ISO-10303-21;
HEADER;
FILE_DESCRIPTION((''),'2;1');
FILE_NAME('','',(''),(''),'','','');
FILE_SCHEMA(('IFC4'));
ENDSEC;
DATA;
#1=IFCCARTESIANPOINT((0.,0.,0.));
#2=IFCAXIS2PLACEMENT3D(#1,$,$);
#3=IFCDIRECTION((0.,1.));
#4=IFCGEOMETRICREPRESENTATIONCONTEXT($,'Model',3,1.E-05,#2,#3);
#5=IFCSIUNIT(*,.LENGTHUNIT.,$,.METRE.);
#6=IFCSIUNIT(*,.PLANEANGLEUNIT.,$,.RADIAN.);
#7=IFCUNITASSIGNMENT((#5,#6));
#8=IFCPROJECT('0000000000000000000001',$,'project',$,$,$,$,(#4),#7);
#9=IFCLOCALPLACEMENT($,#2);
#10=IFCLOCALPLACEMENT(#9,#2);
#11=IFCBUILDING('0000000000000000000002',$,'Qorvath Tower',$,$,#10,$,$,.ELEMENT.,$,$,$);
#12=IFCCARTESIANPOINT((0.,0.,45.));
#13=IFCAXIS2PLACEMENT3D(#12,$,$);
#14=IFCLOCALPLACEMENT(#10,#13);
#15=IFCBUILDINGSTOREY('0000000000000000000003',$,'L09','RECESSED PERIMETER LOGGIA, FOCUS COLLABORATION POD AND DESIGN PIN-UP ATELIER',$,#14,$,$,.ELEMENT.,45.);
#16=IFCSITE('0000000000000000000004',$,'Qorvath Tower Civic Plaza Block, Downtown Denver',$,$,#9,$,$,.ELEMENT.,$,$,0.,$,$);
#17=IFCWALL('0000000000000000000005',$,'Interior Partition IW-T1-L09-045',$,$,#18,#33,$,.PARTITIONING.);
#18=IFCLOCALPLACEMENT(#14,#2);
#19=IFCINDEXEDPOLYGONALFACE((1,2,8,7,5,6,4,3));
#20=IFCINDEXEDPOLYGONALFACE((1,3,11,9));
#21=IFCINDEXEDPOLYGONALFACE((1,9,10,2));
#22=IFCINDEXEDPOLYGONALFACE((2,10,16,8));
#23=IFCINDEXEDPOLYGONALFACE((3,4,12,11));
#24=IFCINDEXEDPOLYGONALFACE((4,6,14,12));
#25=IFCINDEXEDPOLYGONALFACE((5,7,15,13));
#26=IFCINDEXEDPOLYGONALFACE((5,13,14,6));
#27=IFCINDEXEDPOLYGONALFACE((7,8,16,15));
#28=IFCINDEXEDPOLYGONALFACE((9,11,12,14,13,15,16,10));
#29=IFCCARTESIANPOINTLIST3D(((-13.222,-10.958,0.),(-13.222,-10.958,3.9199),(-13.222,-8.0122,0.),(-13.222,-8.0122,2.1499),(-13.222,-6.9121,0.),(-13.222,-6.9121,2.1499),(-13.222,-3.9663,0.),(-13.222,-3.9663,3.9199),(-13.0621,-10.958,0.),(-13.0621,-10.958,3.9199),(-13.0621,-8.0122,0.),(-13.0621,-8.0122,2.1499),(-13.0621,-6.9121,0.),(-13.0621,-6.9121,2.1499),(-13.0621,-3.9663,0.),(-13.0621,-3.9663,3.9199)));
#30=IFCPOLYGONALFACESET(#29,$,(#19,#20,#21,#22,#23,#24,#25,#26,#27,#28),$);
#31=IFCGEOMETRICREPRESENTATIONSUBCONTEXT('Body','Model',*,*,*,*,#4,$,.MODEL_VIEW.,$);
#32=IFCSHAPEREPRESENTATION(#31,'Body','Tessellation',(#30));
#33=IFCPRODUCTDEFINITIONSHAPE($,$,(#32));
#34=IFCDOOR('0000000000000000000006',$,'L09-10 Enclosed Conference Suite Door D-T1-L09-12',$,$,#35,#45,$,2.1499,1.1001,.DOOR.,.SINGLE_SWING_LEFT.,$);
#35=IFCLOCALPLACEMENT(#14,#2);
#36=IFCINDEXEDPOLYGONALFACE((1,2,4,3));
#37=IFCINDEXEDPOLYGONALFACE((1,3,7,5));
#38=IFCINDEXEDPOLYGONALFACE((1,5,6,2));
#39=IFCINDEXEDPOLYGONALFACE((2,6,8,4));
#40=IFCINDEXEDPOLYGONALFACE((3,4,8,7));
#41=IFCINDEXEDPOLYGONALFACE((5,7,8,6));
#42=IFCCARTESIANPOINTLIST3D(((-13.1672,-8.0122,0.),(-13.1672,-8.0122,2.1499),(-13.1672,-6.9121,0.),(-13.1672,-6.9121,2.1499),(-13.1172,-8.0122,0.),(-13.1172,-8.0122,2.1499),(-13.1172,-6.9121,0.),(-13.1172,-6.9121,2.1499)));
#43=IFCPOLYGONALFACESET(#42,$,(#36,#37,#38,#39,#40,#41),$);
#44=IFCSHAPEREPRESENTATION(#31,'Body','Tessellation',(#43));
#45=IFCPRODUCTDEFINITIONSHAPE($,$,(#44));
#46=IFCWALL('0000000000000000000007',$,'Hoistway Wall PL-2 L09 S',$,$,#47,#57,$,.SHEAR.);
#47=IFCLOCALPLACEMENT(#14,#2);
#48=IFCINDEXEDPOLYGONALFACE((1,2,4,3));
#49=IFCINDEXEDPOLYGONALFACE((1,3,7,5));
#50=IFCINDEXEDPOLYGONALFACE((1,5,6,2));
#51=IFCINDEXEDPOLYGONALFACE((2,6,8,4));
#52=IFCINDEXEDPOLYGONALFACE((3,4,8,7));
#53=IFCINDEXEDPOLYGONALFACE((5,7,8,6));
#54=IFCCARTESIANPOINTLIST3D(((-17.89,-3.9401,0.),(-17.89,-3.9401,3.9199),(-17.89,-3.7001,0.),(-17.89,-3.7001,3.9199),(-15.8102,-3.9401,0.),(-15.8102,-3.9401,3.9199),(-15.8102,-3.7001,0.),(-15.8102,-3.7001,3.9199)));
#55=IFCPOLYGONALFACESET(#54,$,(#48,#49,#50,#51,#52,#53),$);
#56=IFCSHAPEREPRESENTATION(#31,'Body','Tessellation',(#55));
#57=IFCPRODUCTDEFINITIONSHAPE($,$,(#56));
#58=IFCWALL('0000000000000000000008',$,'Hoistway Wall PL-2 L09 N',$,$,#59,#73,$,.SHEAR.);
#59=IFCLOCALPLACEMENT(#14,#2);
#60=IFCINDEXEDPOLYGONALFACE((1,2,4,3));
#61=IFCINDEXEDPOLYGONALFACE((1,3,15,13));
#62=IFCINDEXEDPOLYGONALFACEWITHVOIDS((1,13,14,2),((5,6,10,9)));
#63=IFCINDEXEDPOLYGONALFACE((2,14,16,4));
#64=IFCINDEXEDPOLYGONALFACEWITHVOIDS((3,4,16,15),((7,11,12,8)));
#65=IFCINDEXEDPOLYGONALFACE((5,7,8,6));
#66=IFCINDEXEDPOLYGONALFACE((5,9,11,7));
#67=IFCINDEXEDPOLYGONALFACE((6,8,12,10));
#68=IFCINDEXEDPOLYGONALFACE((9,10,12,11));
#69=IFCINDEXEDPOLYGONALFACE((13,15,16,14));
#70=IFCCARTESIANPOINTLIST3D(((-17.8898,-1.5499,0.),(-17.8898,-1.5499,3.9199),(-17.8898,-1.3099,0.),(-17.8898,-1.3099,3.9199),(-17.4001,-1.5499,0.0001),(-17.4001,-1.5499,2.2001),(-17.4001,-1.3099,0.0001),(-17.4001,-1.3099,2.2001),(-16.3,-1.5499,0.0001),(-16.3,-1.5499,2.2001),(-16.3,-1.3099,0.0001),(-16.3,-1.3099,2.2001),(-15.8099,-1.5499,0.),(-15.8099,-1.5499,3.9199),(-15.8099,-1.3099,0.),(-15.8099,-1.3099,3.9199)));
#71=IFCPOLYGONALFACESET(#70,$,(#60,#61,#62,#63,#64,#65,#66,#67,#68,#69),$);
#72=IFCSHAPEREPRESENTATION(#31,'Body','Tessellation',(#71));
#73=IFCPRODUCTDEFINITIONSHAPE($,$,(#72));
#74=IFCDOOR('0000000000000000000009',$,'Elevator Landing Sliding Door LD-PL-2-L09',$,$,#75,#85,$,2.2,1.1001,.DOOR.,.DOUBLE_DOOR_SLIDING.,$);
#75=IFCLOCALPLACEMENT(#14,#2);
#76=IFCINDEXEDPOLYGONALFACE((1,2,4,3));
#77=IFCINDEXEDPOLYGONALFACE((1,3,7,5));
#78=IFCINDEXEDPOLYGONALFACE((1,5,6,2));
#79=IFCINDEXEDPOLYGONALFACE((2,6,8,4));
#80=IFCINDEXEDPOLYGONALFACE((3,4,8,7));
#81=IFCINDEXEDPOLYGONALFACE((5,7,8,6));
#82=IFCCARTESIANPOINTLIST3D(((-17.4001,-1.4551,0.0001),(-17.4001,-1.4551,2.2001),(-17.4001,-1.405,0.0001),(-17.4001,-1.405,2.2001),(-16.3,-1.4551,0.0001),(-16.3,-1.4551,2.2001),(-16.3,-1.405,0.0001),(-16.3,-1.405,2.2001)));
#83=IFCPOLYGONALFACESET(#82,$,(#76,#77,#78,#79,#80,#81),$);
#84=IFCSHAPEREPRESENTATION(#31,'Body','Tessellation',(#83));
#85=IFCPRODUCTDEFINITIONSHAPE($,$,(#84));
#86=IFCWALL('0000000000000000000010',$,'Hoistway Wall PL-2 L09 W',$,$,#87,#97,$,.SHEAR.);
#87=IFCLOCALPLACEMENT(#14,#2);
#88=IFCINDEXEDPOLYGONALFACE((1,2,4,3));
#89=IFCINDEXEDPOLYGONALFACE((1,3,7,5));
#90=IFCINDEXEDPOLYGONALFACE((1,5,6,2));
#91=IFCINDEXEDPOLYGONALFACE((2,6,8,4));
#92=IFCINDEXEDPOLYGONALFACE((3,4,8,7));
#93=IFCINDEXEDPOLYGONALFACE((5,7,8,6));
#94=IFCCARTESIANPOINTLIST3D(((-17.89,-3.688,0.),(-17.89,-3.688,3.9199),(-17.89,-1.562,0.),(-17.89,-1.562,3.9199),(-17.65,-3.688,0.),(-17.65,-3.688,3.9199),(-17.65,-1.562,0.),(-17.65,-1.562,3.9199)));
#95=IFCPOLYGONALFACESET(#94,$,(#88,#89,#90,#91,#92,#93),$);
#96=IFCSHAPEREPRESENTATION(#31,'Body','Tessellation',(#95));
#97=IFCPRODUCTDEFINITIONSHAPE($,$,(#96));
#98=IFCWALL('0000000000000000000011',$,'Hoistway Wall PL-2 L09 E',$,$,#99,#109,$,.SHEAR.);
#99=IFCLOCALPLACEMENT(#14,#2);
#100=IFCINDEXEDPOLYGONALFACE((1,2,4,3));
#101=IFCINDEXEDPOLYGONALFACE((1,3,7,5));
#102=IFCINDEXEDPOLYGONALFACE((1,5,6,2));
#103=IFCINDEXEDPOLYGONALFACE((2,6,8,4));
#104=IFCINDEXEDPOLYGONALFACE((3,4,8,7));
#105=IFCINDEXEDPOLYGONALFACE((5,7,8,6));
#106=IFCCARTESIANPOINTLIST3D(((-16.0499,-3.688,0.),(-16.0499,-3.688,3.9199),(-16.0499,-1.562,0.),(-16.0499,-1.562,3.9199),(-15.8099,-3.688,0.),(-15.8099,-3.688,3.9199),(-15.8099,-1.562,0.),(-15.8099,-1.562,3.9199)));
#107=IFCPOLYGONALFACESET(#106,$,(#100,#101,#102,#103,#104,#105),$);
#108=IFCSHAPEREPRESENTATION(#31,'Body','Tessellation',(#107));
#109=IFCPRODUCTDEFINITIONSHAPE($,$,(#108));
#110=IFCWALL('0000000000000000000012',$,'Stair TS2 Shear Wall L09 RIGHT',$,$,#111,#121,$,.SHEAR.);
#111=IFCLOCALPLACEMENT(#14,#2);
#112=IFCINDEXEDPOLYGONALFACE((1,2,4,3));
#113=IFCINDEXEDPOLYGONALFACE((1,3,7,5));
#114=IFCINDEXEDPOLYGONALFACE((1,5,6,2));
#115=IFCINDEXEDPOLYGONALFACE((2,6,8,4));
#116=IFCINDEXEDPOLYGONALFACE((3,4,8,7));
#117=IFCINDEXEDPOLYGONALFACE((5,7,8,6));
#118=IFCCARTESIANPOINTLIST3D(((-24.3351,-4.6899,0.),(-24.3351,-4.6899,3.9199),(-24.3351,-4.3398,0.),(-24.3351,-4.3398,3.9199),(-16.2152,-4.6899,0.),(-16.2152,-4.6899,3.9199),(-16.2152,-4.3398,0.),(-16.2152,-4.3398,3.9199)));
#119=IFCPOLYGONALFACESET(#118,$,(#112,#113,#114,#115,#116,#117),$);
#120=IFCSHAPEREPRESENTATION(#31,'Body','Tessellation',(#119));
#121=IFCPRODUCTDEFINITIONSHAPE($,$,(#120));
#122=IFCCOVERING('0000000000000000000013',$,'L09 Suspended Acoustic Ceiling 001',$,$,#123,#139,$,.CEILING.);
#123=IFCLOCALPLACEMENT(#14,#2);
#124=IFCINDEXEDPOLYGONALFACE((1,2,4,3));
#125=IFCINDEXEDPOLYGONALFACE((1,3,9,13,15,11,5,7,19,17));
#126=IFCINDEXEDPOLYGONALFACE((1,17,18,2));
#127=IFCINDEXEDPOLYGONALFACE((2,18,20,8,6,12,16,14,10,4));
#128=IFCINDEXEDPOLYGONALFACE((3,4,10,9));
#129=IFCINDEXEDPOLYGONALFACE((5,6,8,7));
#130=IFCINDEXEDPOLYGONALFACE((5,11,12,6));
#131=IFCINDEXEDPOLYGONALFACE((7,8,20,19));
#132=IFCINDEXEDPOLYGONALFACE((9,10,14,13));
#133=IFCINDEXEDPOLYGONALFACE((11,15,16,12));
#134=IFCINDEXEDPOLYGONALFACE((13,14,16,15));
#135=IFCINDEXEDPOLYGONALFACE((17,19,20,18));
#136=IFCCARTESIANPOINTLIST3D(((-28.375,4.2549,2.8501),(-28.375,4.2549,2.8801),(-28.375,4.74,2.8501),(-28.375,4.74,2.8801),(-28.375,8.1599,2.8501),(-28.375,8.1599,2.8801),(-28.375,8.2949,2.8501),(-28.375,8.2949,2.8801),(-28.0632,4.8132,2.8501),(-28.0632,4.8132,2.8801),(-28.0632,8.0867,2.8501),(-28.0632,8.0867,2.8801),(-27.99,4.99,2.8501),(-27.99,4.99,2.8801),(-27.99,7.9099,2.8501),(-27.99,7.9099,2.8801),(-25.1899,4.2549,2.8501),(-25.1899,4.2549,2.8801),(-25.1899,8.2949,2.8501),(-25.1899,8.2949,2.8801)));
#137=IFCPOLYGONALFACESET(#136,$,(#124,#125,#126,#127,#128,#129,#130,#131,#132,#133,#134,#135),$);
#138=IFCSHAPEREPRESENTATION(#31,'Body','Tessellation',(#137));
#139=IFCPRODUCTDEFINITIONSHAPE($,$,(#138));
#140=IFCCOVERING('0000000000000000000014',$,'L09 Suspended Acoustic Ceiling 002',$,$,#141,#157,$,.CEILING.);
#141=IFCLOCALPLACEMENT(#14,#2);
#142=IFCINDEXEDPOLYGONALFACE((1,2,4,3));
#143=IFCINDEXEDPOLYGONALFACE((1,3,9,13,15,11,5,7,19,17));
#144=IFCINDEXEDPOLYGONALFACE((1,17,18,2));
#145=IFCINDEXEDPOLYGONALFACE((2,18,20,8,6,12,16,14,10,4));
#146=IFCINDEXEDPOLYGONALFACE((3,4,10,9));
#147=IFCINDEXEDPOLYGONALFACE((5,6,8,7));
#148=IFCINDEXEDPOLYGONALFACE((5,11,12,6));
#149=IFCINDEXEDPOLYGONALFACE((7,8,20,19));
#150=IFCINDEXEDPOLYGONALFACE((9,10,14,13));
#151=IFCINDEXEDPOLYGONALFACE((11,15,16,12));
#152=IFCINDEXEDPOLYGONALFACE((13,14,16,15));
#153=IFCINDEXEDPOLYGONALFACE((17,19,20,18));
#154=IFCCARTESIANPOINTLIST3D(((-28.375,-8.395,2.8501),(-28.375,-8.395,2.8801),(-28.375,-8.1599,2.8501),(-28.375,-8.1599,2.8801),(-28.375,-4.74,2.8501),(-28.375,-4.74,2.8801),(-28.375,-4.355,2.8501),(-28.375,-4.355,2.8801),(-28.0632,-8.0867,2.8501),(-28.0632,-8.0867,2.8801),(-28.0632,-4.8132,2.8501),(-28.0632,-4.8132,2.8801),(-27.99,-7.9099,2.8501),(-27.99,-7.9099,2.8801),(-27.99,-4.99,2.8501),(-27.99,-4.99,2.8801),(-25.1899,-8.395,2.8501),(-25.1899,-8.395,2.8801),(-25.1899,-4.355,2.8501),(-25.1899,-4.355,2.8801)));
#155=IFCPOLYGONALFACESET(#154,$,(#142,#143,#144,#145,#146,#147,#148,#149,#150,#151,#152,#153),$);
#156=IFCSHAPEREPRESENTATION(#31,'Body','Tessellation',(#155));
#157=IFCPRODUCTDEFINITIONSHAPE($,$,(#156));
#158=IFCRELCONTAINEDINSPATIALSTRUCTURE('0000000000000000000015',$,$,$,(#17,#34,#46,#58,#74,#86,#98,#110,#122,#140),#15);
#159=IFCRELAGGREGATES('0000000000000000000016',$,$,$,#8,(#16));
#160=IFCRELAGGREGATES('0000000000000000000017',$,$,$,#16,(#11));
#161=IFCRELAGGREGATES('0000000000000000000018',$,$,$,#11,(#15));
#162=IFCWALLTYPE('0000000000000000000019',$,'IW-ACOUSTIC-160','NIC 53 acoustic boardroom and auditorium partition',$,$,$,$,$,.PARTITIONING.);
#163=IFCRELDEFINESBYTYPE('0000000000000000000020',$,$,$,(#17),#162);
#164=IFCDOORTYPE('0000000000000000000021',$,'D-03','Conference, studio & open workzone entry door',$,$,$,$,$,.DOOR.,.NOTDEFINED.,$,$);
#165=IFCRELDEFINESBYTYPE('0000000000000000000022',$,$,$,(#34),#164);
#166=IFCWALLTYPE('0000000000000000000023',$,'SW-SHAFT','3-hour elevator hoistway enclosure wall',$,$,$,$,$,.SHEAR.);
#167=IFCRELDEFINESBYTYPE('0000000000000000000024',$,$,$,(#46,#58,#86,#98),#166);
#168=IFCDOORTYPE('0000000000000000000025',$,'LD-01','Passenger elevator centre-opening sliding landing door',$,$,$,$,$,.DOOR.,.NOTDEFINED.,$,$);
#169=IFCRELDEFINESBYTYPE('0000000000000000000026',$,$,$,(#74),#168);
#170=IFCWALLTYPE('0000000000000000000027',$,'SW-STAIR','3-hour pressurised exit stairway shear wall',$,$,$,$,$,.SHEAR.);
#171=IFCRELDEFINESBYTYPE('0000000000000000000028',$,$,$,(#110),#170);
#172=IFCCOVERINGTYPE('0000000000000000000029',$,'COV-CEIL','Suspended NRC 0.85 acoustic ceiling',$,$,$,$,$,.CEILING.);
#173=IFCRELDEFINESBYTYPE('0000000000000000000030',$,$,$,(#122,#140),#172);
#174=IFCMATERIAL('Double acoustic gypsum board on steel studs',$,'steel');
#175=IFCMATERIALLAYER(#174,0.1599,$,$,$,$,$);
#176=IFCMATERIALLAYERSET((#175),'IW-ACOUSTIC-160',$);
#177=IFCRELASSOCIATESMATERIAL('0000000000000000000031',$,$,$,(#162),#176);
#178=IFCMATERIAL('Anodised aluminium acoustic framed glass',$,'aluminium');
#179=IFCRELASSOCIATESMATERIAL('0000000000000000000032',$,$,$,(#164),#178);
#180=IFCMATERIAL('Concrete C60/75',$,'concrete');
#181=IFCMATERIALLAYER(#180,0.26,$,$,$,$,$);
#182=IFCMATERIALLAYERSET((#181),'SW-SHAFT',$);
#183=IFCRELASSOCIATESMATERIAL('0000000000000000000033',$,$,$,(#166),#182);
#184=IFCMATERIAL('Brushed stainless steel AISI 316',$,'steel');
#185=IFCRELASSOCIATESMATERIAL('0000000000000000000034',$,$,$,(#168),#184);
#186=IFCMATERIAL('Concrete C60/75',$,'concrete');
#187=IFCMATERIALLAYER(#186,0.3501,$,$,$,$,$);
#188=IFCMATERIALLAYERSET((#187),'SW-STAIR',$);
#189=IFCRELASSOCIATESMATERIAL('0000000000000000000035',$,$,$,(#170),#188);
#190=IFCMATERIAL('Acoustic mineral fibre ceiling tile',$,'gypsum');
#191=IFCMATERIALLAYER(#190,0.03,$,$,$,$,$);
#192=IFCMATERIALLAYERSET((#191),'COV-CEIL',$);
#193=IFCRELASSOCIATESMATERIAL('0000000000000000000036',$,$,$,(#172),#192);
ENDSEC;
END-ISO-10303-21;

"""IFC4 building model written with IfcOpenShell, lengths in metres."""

from ifc_helpers import new_model, si_unit, direction, frame, frame_2d, origin, place, context, subcontext, project, spatial, polyline, rectangle, outline, extrude, material, layer, layer_set, type_object, element, fill, save


model = new_model("IFC4")

# Units and contexts
model_context = context("Model", 3, precision=1e-05, world=origin(), true_north=direction((0.0, 1.0)))
body_context = subcontext(model_context, "Body", "Model", "MODEL_VIEW")
ifc_project = project(units=[si_unit("LENGTHUNIT", "METRE"), si_unit("PLANEANGLEUNIT", "RADIAN")], contexts=[model_context])

# Site, building, storey
site_placement = place(None, origin())
site = spatial("IfcSite", under=ifc_project, at=site_placement, Name="Qorvath Tower Civic Plaza Block, Downtown Denver", CompositionType="ELEMENT", RefElevation=0.0)
building_placement = place(site_placement, origin())
building = spatial("IfcBuilding", under=site, at=building_placement, Name="Qorvath Tower", CompositionType="ELEMENT")
storey_placement = place(building_placement, frame((0.0, 0.0, 45.0)))
storey = spatial("IfcBuildingStorey", under=building, at=storey_placement, Name="L09", Description="RECESSED PERIMETER LOGGIA, FOCUS COLLABORATION POD AND DESIGN PIN-UP ATELIER", CompositionType="ELEMENT", Elevation=45.0)

# Wall, opening, door
ifc_material_1 = material(Name="Double acoustic gypsum board on steel studs", Category="steel")
ifc_layer_1 = layer(ifc_material_1, 0.1599)
ifc_layer_set_1 = layer_set([ifc_layer_1], Name="IW-ACOUSTIC-160")
wall_type_1 = type_object("IfcWallType", Name="IW-ACOUSTIC-160", Description="NIC 53 acoustic boardroom and auditorium partition", PredefinedType="PARTITIONING", material=ifc_layer_set_1)
wall_1_placement = place(storey_placement, frame((-13.1421, -3.9663, 0.0), z_axis=(0.0, 0.0, 1.0), x_axis=(0.0, -1.0, 0.0)))
wall_1 = element("IfcWall", 1, at=wall_1_placement, inside=storey, type_object=wall_type_1, Name="Interior Partition IW-T1-L09-045", PredefinedType="PARTITIONING", context=body_context, shape_type="SweptSolid", body=[
    extrude(rectangle(XDim=6.9917, YDim=0.1599, at=frame_2d((3.4958, 0.0))), origin(), (0.0, 0.0, 1.0), 3.9199),
])
opening_1_placement = place(wall_1_placement, frame((2.9458, 0.0, 0.0)))
opening_1 = element("IfcOpeningElement", 2, at=opening_1_placement, cuts=wall_1, PredefinedType="OPENING", context=body_context, shape_type="SweptSolid", body=[
    extrude(rectangle(XDim=1.1001, YDim=2.1499, at=frame_2d((0.55, 1.075))), frame((0.0, 0.0898, 0.0), z_axis=(0.0, -1.0, 0.0), x_axis=(1.0, 0.0, 0.0)), (0.0, 0.0, 1.0), 0.1799),
])
ifc_material_2 = material(Name="Anodised aluminium acoustic framed glass", Category="aluminium")
door_type_1 = type_object("IfcDoorType", Name="D-03", Description="Conference, studio & open workzone entry door", OperationType="NOTDEFINED", PredefinedType="DOOR", material=ifc_material_2)
door_1_placement = place(opening_1_placement, origin())
door_1 = element("IfcDoor", 3, at=door_1_placement, inside=storey, type_object=door_type_1, Name="L09-10 Enclosed Conference Suite Door D-T1-L09-12", OperationType="SINGLE_SWING_LEFT", OverallHeight=2.1499, OverallWidth=1.1001, PredefinedType="DOOR", context=body_context, shape_type="SweptSolid", body=[
    extrude(rectangle(XDim=1.1001, YDim=2.1499, at=frame_2d((0.55, 1.075))), frame((0.0, 0.0249, 0.0), z_axis=(0.0, -1.0, 0.0), x_axis=(1.0, 0.0, 0.0)), (0.0, 0.0, 1.0), 0.05),
])
fill(opening_1, door_1)

# Wall
ifc_material_3 = material(Name="Concrete C60/75", Category="concrete")
ifc_layer_2 = layer(ifc_material_3, 0.26)
ifc_layer_set_2 = layer_set([ifc_layer_2], Name="SW-SHAFT")
wall_type_2 = type_object("IfcWallType", Name="SW-SHAFT", Description="3-hour elevator hoistway enclosure wall", PredefinedType="SHEAR", material=ifc_layer_set_2)
wall_2_placement = place(storey_placement, frame((-15.8101, -3.8201, 0.0), z_axis=(0.0, 0.0, 1.0), x_axis=(-1.0, 0.0, 0.0)))
element("IfcWall", 4, at=wall_2_placement, inside=storey, type_object=wall_type_2, Name="Hoistway Wall PL-2 L09 S", PredefinedType="SHEAR", context=body_context, shape_type="SweptSolid", body=[
    extrude(rectangle(XDim=2.0798, YDim=0.24, at=frame_2d((1.04, 0.0))), origin(), (0.0, 0.0, 1.0), 3.9199),
])

# Wall, opening, door
wall_3_placement = place(storey_placement, frame((-17.8899, -1.4299, 0.0), z_axis=(0.0, 0.0, 1.0), x_axis=(1.0, 0.0, 0.0)))
wall_3 = element("IfcWall", 5, at=wall_3_placement, inside=storey, type_object=wall_type_2, Name="Hoistway Wall PL-2 L09 N", PredefinedType="SHEAR", context=body_context, shape_type="SweptSolid", body=[
    extrude(rectangle(XDim=2.0798, YDim=0.24, at=frame_2d((1.04, 0.0))), origin(), (0.0, 0.0, 1.0), 3.9199),
])
opening_2_placement = place(wall_3_placement, frame((0.4897, 0.0, 0.0)))
opening_2 = element("IfcOpeningElement", 6, at=opening_2_placement, cuts=wall_3, PredefinedType="OPENING", context=body_context, shape_type="SweptSolid", body=[
    extrude(rectangle(XDim=1.1001, YDim=2.2, at=frame_2d((0.55, 1.1001))), frame((0.0, 0.1299, 0.0), z_axis=(0.0, -1.0, 0.0), x_axis=(1.0, 0.0, 0.0)), (0.0, 0.0, 1.0), 0.26),
])
ifc_material_4 = material(Name="Brushed stainless steel AISI 316", Category="steel")
door_type_2 = type_object("IfcDoorType", Name="LD-01", Description="Passenger elevator centre-opening sliding landing door", OperationType="NOTDEFINED", PredefinedType="DOOR", material=ifc_material_4)
door_2_placement = place(opening_2_placement, origin())
door_2 = element("IfcDoor", 7, at=door_2_placement, inside=storey, type_object=door_type_2, Name="Elevator Landing Sliding Door LD-PL-2-L09", OperationType="DOUBLE_DOOR_SLIDING", OverallHeight=2.2, OverallWidth=1.1001, PredefinedType="DOOR", context=body_context, shape_type="SweptSolid", body=[
    extrude(rectangle(XDim=1.1001, YDim=2.2, at=frame_2d((0.55, 1.1001))), frame((0.0, 0.0249, 0.0), z_axis=(0.0, -1.0, 0.0), x_axis=(1.0, 0.0, 0.0)), (0.0, 0.0, 1.0), 0.05),
])
fill(opening_2, door_2)

# Walls
for number, where, z_axis, x_axis, name in (
    (8, (-17.77, -3.688, 0.0), (0.0, 0.0, 1.0), (0.0, 1.0, 0.0), "Hoistway Wall PL-2 L09 W"),
    (9, (-15.9299, -1.562, 0.0), (0.0, 0.0, 1.0), (0.0, -1.0, 0.0), "Hoistway Wall PL-2 L09 E"),
):
    element("IfcWall", number, at=place(storey_placement, frame(where, z_axis=z_axis, x_axis=x_axis)), inside=storey, type_object=wall_type_2, Name=name, PredefinedType="SHEAR", context=body_context, shape_type="SweptSolid", body=[
        extrude(rectangle(XDim=2.126, YDim=0.24, at=frame_2d((1.063, 0.0))), origin(), (0.0, 0.0, 1.0), 3.9199),
    ])
ifc_material_5 = material(Name="Concrete C60/75", Category="concrete")
ifc_layer_3 = layer(ifc_material_5, 0.3501)
ifc_layer_set_3 = layer_set([ifc_layer_3], Name="SW-STAIR")
wall_type_3 = type_object("IfcWallType", Name="SW-STAIR", Description="3-hour pressurised exit stairway shear wall", PredefinedType="SHEAR", material=ifc_layer_set_3)
wall_4_placement = place(storey_placement, frame((-16.2151, -4.5149, 0.0), z_axis=(0.0, 0.0, 1.0), x_axis=(-1.0, 0.0, 0.0)))
element("IfcWall", 10, at=wall_4_placement, inside=storey, type_object=wall_type_3, Name="Stair TS2 Shear Wall L09 RIGHT", PredefinedType="SHEAR", context=body_context, shape_type="SweptSolid", body=[
    extrude(rectangle(XDim=8.1199, YDim=0.3501, at=frame_2d((4.0601, 0.0))), origin(), (0.0, 0.0, 1.0), 3.9199),
])

# Coverings
ifc_material_6 = material(Name="Acoustic mineral fibre ceiling tile", Category="gypsum")
ifc_layer_4 = layer(ifc_material_6, 0.03)
ifc_layer_set_4 = layer_set([ifc_layer_4], Name="COV-CEIL")
covering_type_1 = type_object("IfcCoveringType", Name="COV-CEIL", Description="Suspended NRC 0.85 acoustic ceiling", PredefinedType="CEILING", material=ifc_layer_set_4)
covering_1_placement = place(storey_placement, frame((0.0, 0.0, 2.8501)))
element("IfcCovering", 11, at=covering_1_placement, inside=storey, type_object=covering_type_1, Name="L09 Suspended Acoustic Ceiling 001", PredefinedType="CEILING", context=body_context, shape_type="SweptSolid", body=[
    extrude(outline(polyline([(-25.1899, 4.2549), (-25.1899, 8.2949), (-28.375, 8.2949), (-28.375, 8.1599), (-28.0632, 8.0867), (-27.99, 7.9099), (-27.99, 4.99), (-28.0632, 4.8132), (-28.375, 4.74), (-28.375, 4.2549), (-25.1899, 4.2549)])), origin(), (0.0, 0.0, 1.0), 0.03),
])
covering_2_placement = place(storey_placement, frame((0.0, 0.0, 2.8501)))
element("IfcCovering", 12, at=covering_2_placement, inside=storey, type_object=covering_type_1, Name="L09 Suspended Acoustic Ceiling 002", PredefinedType="CEILING", context=body_context, shape_type="SweptSolid", body=[
    extrude(outline(polyline([(-25.1899, -8.395), (-25.1899, -4.355), (-28.375, -4.355), (-28.375, -4.74), (-28.0632, -4.8132), (-27.99, -4.99), (-27.99, -7.9099), (-28.0632, -8.0867), (-28.375, -8.1599), (-28.375, -8.395), (-25.1899, -8.395)])), origin(), (0.0, 0.0, 1.0), 0.03),
])

save(model, "model.ifc")
